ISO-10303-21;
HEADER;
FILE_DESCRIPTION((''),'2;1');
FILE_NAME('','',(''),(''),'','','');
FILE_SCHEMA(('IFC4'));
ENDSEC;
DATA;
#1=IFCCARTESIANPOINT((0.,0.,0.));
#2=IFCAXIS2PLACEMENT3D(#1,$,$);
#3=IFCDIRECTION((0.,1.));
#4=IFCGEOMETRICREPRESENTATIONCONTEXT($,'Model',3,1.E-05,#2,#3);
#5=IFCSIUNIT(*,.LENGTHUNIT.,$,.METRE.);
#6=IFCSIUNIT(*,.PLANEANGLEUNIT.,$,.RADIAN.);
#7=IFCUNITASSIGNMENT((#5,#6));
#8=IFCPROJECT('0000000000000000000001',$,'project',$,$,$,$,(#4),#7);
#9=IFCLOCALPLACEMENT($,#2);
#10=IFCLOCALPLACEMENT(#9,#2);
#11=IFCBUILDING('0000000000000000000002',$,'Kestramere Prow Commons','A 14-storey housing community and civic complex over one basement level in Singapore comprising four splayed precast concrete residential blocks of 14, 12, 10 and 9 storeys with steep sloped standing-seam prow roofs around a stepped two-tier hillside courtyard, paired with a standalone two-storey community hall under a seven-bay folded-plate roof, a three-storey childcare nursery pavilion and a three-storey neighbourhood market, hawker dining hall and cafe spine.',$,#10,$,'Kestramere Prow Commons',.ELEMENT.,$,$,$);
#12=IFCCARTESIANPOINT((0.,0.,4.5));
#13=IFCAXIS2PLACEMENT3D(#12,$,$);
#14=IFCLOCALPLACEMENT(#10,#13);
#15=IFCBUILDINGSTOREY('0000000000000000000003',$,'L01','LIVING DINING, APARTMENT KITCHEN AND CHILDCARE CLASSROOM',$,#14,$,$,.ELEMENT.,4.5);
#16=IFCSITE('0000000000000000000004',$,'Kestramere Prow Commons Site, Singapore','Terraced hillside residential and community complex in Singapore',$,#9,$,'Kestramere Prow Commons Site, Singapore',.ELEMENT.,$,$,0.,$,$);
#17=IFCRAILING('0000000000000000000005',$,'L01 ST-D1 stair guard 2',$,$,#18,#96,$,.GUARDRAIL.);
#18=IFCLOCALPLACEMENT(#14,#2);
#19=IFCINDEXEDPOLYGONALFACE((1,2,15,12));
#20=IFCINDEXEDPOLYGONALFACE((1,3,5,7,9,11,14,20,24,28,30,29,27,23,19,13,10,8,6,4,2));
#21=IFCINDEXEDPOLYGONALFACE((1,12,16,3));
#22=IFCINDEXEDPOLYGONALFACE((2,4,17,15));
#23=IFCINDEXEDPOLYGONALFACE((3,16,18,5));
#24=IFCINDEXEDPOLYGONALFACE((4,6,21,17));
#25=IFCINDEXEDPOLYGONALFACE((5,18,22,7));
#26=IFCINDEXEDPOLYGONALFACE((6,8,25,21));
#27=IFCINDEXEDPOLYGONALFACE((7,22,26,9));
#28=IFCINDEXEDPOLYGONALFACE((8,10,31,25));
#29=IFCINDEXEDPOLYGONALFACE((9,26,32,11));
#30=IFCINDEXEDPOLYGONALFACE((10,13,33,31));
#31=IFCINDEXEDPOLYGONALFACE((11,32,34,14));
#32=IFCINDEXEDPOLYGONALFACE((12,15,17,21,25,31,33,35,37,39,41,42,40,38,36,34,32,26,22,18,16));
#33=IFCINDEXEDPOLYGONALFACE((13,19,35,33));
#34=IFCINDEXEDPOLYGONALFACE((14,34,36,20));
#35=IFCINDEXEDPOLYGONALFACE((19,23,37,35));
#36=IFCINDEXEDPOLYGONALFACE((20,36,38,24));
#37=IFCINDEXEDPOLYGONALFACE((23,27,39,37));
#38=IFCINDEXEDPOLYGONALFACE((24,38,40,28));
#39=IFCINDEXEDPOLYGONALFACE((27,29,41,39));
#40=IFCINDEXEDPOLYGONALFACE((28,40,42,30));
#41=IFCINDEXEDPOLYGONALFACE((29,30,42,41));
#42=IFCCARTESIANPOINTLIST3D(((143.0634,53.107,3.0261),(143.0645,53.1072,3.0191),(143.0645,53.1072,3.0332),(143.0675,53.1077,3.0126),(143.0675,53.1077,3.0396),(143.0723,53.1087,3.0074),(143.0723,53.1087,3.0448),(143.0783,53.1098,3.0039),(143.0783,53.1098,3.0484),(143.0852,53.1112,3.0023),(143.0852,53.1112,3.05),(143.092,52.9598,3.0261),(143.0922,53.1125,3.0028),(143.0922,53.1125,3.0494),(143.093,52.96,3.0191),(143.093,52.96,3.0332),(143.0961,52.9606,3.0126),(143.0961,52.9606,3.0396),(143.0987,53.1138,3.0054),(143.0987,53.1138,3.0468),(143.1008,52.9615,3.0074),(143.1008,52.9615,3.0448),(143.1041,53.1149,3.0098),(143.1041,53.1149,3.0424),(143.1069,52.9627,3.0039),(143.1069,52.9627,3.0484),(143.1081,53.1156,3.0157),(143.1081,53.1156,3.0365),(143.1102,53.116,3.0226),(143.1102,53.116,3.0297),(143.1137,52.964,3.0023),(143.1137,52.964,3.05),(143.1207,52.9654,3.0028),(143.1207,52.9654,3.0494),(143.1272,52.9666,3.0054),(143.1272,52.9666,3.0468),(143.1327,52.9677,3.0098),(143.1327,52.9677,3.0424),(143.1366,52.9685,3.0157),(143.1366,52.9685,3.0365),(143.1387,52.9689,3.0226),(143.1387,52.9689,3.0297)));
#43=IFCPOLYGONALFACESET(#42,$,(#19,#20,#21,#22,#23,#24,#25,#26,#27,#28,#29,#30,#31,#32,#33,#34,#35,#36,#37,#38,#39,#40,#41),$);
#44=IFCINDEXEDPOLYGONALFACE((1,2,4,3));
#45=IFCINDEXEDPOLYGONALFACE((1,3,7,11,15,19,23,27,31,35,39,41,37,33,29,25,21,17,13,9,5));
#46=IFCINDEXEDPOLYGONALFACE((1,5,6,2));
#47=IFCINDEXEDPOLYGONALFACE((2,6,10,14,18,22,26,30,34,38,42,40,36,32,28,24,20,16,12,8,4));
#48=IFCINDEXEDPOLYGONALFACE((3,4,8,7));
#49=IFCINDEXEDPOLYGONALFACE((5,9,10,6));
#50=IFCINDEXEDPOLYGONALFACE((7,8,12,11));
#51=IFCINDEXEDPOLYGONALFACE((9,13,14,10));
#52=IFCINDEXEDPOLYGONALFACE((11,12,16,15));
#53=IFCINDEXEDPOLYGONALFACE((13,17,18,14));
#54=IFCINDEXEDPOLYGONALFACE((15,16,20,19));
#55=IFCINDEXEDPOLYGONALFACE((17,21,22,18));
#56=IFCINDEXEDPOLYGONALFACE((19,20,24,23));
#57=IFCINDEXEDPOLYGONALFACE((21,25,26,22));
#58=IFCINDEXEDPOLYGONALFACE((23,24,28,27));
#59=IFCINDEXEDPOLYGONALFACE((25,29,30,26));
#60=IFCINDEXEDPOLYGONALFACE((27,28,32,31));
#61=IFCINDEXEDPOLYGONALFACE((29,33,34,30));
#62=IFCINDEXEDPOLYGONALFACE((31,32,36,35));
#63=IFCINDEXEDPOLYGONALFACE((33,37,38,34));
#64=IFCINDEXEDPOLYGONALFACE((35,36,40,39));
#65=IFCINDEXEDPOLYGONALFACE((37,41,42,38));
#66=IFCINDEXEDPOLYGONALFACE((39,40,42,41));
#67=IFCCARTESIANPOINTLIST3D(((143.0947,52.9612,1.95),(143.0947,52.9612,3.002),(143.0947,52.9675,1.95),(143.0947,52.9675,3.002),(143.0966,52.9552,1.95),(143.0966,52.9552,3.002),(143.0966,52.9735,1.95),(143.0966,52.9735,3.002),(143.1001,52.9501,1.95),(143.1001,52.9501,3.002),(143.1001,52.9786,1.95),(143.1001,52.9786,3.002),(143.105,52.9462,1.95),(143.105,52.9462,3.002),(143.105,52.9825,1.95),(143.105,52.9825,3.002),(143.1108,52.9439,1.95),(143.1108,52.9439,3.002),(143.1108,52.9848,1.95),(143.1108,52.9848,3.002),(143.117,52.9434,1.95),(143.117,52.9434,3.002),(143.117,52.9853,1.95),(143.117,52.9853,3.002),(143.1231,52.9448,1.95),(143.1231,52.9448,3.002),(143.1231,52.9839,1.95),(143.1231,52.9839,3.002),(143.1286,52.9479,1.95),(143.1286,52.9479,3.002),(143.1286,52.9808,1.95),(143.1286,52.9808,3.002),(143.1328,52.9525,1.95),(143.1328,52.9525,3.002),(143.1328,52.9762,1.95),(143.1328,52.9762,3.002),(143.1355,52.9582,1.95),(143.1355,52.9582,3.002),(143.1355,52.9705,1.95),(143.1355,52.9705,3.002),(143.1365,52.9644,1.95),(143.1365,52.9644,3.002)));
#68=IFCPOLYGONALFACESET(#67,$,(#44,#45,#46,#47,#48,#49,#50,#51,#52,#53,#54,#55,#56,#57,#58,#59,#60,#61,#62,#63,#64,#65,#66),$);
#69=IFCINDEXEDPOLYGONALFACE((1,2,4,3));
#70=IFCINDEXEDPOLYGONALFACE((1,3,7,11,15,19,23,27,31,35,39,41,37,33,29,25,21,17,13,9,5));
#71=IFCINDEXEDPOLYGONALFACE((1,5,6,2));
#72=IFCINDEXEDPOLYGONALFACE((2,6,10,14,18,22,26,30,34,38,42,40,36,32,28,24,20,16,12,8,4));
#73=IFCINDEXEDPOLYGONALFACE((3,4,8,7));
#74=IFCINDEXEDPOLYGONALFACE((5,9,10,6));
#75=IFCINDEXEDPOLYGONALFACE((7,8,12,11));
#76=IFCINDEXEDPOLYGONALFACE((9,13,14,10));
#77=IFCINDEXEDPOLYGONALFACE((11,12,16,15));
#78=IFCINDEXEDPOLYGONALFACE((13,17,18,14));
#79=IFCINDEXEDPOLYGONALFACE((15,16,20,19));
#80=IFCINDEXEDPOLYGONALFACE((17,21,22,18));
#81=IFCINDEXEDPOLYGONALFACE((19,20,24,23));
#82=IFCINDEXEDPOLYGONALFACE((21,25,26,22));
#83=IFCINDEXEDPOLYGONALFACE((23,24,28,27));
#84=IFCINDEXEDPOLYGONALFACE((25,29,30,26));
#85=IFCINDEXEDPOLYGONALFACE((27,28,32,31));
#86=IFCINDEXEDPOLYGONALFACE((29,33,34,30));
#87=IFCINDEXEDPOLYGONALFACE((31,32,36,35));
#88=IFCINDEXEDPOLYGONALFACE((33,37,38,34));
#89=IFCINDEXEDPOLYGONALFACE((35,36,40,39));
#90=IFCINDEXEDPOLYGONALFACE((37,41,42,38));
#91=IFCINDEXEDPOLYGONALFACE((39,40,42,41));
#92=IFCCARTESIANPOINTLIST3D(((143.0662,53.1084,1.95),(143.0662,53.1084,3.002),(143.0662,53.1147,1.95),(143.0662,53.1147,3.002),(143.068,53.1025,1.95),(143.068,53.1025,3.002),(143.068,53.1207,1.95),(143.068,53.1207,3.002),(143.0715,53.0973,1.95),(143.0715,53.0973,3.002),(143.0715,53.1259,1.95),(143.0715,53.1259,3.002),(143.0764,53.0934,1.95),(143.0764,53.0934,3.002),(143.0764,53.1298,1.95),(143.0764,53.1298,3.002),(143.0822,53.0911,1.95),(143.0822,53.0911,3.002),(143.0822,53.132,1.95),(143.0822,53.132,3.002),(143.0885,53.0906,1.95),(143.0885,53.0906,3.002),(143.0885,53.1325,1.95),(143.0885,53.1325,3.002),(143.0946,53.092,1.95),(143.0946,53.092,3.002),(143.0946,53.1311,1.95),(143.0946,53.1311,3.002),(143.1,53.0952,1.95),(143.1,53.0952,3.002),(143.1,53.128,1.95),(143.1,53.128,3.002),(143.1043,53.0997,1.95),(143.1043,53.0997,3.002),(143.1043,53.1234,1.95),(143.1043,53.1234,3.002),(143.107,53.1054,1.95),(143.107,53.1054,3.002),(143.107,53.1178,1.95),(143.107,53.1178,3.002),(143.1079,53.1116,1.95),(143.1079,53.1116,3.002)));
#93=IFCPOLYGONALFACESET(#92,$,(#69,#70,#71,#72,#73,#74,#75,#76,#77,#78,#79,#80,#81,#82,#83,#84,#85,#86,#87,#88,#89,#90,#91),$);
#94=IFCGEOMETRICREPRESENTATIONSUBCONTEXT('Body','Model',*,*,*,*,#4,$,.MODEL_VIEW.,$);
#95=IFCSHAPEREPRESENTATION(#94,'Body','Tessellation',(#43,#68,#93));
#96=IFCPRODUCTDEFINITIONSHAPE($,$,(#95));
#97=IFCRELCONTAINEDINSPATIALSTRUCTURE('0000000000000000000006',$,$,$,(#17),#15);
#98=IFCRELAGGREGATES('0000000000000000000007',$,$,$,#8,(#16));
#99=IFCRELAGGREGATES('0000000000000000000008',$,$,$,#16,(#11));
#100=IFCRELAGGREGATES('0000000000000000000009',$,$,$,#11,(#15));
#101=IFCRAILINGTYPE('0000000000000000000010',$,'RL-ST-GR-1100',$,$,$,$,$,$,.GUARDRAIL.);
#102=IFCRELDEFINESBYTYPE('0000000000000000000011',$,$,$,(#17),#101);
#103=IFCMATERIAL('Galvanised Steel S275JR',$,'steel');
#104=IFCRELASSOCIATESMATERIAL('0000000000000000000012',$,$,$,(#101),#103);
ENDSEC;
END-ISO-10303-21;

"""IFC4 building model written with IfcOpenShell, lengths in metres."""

from ifc_helpers import new_model, si_unit, direction, frame, origin, origin_2d, place, context, subcontext, project, spatial, circle, extrude, material, type_object, element, save


model = new_model("IFC4")

# Units and contexts
model_context = context("Model", 3, precision=1e-05, world=origin(), true_north=direction((0.0, 1.0)))
body_context = subcontext(model_context, "Body", "Model", "MODEL_VIEW")
ifc_project = project(units=[si_unit("LENGTHUNIT", "METRE"), si_unit("PLANEANGLEUNIT", "RADIAN")], contexts=[model_context])

# Site, building, storey
site_placement = place(None, origin())
site = spatial("IfcSite", under=ifc_project, at=site_placement, Name="Kestramere Prow Commons Site, Singapore", Description="Terraced hillside residential and community complex in Singapore", LongName="Kestramere Prow Commons Site, Singapore", CompositionType="ELEMENT", RefElevation=0.0)
building_placement = place(site_placement, origin())
building = spatial("IfcBuilding", under=site, at=building_placement, Name="Kestramere Prow Commons", Description="A 14-storey housing community and civic complex over one basement level in Singapore comprising four splayed precast concrete residential blocks of 14, 12, 10 and 9 storeys with steep sloped standing-seam prow roofs around a stepped two-tier hillside courtyard, paired with a standalone two-storey community hall under a seven-bay folded-plate roof, a three-storey childcare nursery pavilion and a three-storey neighbourhood market, hawker dining hall and cafe spine.", LongName="Kestramere Prow Commons", CompositionType="ELEMENT")
storey_placement = place(building_placement, frame((0.0, 0.0, 4.5)))
storey = spatial("IfcBuildingStorey", under=building, at=storey_placement, Name="L01", Description="LIVING DINING, APARTMENT KITCHEN AND CHILDCARE CLASSROOM", CompositionType="ELEMENT", Elevation=4.5)

# Railing
ifc_material_1 = material(Name="Galvanised Steel S275JR", Category="steel")
railing_type_1 = type_object("IfcRailingType", Name="RL-ST-GR-1100", PredefinedType="GUARDRAIL", material=ifc_material_1)
railing_1_placement = place(storey_placement, frame((143.1155, 52.9644, 1.95)))
element("IfcRailing", 1, at=railing_1_placement, inside=storey, type_object=railing_type_1, Name="L01 ST-D1 stair guard 2", PredefinedType="GUARDRAIL", context=body_context, shape_type="SweptSolid", body=[
    extrude(circle(Radius=0.0239, at=origin_2d()), frame((0.0, 0.0, 1.0762), z_axis=(-0.190477, 0.981692, 0.0), x_axis=(-0.981692, -0.190477, 0.0)), (0.0, 0.0, 1.0), 0.1499),
    extrude(circle(Radius=0.021, at=origin_2d()), origin(), (0.0, 0.0, 1.0), 1.052),
    extrude(circle(Radius=0.021, at=origin_2d()), frame((-0.0286, 0.1472, 0.0)), (0.0, 0.0, 1.0), 1.052),
])

save(model, "model.ifc")
